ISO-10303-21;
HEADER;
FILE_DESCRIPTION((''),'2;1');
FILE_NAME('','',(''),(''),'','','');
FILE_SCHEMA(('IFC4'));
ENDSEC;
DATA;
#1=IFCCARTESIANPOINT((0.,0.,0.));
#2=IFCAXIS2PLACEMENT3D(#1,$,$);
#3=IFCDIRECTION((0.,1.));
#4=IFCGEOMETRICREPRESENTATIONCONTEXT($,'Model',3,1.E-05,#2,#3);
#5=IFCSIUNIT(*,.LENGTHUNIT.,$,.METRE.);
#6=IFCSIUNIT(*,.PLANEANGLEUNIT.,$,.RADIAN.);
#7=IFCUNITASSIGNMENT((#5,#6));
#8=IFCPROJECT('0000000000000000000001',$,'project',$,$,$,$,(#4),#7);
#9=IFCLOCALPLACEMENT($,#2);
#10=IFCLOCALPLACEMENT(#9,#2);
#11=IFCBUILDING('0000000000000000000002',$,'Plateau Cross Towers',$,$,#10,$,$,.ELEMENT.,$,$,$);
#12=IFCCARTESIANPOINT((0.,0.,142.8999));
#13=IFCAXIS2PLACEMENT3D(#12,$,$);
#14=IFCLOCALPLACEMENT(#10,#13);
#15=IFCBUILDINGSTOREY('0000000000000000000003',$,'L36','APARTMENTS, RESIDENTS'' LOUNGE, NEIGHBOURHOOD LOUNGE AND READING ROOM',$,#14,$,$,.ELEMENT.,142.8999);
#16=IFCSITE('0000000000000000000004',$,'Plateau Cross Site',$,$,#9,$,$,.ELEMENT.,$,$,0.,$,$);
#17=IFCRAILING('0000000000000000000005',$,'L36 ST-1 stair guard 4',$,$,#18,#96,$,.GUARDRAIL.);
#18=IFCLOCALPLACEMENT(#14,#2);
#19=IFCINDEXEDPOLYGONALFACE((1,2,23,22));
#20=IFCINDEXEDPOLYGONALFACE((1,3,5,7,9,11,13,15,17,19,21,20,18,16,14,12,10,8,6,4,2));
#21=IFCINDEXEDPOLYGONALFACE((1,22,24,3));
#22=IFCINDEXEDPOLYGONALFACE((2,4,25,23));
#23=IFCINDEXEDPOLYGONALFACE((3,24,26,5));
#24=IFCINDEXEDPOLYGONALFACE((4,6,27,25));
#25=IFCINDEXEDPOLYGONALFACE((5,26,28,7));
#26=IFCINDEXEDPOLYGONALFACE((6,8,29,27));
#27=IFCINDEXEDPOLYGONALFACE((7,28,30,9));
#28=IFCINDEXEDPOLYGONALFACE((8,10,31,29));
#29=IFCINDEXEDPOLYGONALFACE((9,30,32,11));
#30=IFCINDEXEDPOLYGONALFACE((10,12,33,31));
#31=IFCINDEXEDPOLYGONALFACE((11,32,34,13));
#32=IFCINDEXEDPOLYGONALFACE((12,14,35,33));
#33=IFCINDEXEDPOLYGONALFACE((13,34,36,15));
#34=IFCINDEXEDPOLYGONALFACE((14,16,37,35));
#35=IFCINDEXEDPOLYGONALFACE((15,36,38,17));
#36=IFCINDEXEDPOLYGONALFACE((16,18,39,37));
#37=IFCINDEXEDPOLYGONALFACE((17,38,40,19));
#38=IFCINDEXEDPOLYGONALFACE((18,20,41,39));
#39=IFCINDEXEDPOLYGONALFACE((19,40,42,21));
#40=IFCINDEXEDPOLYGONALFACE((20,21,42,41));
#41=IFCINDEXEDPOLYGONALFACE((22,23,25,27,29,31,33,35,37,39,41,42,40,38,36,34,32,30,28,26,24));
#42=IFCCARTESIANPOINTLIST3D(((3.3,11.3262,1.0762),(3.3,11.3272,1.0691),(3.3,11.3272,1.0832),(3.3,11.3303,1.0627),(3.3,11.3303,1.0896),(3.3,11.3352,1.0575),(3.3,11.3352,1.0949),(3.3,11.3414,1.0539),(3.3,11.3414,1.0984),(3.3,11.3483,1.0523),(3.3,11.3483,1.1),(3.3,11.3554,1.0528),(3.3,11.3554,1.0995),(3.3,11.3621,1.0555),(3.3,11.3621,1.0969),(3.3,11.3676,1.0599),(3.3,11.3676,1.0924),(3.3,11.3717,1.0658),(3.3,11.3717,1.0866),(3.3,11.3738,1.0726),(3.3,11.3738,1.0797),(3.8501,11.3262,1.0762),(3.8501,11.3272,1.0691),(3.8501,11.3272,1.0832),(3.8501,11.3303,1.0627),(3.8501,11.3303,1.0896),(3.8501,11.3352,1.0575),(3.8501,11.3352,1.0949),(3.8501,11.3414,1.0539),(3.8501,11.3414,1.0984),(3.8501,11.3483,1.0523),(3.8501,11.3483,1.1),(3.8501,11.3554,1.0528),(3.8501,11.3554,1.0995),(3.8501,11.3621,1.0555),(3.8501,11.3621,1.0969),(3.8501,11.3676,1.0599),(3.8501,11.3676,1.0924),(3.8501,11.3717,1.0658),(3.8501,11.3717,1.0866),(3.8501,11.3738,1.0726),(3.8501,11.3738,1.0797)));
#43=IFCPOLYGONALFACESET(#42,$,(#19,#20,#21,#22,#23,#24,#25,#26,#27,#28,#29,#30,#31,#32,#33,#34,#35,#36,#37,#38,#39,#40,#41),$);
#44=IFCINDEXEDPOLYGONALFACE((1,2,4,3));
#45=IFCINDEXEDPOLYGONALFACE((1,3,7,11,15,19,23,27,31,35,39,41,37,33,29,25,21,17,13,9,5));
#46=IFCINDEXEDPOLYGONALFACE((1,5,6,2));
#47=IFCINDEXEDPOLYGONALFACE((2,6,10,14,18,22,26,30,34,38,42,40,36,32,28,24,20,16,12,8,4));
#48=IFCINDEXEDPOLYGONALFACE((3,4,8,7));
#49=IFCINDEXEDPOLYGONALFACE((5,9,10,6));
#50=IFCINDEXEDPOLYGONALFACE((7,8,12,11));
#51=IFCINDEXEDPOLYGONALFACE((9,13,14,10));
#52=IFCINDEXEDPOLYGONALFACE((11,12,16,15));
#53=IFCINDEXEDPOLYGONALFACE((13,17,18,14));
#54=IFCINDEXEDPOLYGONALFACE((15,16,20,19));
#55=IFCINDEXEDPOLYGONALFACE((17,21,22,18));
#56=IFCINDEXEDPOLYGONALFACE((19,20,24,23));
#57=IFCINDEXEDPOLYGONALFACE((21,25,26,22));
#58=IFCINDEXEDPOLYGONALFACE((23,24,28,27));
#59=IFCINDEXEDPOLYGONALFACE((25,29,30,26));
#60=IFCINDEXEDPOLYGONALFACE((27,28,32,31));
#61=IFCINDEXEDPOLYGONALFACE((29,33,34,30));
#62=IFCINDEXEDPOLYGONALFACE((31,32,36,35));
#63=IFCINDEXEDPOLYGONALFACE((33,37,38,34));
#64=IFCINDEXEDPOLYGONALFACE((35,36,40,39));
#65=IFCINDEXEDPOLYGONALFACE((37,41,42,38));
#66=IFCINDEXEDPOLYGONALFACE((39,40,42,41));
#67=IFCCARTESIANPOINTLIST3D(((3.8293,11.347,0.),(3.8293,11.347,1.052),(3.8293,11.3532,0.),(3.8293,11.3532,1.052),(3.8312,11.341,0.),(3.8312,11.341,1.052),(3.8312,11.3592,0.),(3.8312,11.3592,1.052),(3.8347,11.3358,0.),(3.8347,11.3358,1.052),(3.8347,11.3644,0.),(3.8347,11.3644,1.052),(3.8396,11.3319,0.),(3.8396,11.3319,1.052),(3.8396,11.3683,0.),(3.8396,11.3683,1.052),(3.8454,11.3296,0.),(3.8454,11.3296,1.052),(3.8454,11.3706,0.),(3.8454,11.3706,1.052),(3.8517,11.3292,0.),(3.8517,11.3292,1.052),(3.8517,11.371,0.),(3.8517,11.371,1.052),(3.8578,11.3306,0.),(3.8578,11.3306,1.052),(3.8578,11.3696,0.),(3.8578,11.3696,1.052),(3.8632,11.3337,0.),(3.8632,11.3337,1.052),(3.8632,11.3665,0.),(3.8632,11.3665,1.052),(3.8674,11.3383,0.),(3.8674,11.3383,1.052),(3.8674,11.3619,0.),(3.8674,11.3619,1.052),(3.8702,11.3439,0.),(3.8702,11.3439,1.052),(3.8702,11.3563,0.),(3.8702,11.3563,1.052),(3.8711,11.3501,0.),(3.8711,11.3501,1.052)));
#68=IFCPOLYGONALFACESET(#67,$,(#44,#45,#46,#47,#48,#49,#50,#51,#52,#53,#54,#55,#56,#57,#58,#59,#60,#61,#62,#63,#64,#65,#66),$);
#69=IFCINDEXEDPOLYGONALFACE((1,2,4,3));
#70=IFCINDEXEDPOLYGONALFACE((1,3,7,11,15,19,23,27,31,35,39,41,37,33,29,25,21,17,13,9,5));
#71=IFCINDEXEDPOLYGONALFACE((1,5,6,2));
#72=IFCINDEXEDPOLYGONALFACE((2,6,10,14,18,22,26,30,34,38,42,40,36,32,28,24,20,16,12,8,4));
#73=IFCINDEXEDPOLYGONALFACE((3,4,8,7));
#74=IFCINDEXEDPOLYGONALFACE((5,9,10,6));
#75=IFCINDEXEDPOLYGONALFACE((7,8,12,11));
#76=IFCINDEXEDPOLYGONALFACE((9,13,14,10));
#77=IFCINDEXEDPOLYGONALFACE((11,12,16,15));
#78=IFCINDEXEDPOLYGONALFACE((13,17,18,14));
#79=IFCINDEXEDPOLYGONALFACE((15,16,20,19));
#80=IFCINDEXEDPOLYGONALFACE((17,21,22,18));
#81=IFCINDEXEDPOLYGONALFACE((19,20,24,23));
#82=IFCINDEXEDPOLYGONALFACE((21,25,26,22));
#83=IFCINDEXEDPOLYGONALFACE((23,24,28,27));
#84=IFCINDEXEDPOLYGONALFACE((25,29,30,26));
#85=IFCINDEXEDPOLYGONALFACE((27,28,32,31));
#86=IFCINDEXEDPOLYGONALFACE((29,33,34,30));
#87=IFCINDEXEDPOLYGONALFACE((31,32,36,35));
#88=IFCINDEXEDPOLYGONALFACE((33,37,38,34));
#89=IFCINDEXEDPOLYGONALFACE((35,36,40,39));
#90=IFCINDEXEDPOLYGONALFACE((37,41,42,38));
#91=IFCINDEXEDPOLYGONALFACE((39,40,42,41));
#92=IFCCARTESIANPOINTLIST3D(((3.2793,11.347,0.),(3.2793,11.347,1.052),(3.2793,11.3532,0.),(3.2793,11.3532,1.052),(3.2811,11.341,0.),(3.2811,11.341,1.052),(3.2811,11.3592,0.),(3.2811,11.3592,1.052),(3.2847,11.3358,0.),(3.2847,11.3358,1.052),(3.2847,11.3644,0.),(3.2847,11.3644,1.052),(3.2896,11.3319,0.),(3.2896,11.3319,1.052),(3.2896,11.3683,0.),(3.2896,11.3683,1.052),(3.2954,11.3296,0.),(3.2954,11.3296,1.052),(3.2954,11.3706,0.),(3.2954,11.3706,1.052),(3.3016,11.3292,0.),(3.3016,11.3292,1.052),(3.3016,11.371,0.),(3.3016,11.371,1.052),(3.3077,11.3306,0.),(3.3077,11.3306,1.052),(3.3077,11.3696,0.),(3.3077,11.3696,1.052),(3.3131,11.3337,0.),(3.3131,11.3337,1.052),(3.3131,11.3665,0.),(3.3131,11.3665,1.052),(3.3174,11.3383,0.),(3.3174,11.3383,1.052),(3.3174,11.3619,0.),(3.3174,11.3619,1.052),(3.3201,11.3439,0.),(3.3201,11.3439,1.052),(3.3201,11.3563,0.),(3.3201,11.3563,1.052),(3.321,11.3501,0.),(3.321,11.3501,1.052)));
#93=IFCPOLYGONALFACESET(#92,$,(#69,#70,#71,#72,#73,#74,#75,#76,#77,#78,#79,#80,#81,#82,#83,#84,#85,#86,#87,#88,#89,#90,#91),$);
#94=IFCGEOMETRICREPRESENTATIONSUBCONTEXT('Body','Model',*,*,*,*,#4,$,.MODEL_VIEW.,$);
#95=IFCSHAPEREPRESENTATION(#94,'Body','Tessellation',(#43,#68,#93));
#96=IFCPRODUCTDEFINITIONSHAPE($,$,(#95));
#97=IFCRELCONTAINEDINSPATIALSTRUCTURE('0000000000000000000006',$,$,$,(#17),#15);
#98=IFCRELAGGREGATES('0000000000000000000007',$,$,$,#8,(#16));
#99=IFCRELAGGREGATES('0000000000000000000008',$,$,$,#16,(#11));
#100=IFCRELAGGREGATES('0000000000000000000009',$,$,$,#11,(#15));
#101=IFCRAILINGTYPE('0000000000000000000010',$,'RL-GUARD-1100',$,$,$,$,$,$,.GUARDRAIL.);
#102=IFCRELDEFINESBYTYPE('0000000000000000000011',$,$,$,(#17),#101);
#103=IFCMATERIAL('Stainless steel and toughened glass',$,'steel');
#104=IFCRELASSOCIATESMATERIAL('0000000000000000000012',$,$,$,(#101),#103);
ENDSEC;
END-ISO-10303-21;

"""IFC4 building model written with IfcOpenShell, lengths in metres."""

from ifc_helpers import new_model, si_unit, direction, frame, origin, origin_2d, place, context, subcontext, project, spatial, circle, extrude, material, type_object, element, save


model = new_model("IFC4")

# Units and contexts
model_context = context("Model", 3, precision=1e-05, world=origin(), true_north=direction((0.0, 1.0)))
body_context = subcontext(model_context, "Body", "Model", "MODEL_VIEW")
ifc_project = project(units=[si_unit("LENGTHUNIT", "METRE"), si_unit("PLANEANGLEUNIT", "RADIAN")], contexts=[model_context])

# Site, building, storey
site_placement = place(None, origin())
site = spatial("IfcSite", under=ifc_project, at=site_placement, Name="Plateau Cross Site", CompositionType="ELEMENT", RefElevation=0.0)
building_placement = place(site_placement, origin())
building = spatial("IfcBuilding", under=site, at=building_placement, Name="Plateau Cross Towers", CompositionType="ELEMENT")
storey_placement = place(building_placement, frame((0.0, 0.0, 142.8999)))
storey = spatial("IfcBuildingStorey", under=building, at=storey_placement, Name="L36", Description="APARTMENTS, RESIDENTS' LOUNGE, NEIGHBOURHOOD LOUNGE AND READING ROOM", CompositionType="ELEMENT", Elevation=142.8999)

# Railing
ifc_material_1 = material(Name="Stainless steel and toughened glass", Category="steel")
railing_type_1 = type_object("IfcRailingType", Name="RL-GUARD-1100", PredefinedType="GUARDRAIL", material=ifc_material_1)
railing_1_placement = place(storey_placement, frame((3.8501, 11.3501, 0.0)))
element("IfcRailing", 1, at=railing_1_placement, inside=storey, type_object=railing_type_1, Name="L36 ST-1 stair guard 4", PredefinedType="GUARDRAIL", context=body_context, shape_type="SweptSolid", body=[
    extrude(circle(Radius=0.0239, at=origin_2d()), frame((0.0, 0.0, 1.0762), z_axis=(-1.0, 0.0, 0.0), x_axis=(0.0, -1.0, 0.0)), (0.0, 0.0, 1.0), 0.55),
    extrude(circle(Radius=0.021, at=origin_2d()), origin(), (0.0, 0.0, 1.0), 1.052),
    extrude(circle(Radius=0.021, at=origin_2d()), frame((-0.55, 0.0, 0.0)), (0.0, 0.0, 1.0), 1.052),
])

save(model, "model.ifc")
